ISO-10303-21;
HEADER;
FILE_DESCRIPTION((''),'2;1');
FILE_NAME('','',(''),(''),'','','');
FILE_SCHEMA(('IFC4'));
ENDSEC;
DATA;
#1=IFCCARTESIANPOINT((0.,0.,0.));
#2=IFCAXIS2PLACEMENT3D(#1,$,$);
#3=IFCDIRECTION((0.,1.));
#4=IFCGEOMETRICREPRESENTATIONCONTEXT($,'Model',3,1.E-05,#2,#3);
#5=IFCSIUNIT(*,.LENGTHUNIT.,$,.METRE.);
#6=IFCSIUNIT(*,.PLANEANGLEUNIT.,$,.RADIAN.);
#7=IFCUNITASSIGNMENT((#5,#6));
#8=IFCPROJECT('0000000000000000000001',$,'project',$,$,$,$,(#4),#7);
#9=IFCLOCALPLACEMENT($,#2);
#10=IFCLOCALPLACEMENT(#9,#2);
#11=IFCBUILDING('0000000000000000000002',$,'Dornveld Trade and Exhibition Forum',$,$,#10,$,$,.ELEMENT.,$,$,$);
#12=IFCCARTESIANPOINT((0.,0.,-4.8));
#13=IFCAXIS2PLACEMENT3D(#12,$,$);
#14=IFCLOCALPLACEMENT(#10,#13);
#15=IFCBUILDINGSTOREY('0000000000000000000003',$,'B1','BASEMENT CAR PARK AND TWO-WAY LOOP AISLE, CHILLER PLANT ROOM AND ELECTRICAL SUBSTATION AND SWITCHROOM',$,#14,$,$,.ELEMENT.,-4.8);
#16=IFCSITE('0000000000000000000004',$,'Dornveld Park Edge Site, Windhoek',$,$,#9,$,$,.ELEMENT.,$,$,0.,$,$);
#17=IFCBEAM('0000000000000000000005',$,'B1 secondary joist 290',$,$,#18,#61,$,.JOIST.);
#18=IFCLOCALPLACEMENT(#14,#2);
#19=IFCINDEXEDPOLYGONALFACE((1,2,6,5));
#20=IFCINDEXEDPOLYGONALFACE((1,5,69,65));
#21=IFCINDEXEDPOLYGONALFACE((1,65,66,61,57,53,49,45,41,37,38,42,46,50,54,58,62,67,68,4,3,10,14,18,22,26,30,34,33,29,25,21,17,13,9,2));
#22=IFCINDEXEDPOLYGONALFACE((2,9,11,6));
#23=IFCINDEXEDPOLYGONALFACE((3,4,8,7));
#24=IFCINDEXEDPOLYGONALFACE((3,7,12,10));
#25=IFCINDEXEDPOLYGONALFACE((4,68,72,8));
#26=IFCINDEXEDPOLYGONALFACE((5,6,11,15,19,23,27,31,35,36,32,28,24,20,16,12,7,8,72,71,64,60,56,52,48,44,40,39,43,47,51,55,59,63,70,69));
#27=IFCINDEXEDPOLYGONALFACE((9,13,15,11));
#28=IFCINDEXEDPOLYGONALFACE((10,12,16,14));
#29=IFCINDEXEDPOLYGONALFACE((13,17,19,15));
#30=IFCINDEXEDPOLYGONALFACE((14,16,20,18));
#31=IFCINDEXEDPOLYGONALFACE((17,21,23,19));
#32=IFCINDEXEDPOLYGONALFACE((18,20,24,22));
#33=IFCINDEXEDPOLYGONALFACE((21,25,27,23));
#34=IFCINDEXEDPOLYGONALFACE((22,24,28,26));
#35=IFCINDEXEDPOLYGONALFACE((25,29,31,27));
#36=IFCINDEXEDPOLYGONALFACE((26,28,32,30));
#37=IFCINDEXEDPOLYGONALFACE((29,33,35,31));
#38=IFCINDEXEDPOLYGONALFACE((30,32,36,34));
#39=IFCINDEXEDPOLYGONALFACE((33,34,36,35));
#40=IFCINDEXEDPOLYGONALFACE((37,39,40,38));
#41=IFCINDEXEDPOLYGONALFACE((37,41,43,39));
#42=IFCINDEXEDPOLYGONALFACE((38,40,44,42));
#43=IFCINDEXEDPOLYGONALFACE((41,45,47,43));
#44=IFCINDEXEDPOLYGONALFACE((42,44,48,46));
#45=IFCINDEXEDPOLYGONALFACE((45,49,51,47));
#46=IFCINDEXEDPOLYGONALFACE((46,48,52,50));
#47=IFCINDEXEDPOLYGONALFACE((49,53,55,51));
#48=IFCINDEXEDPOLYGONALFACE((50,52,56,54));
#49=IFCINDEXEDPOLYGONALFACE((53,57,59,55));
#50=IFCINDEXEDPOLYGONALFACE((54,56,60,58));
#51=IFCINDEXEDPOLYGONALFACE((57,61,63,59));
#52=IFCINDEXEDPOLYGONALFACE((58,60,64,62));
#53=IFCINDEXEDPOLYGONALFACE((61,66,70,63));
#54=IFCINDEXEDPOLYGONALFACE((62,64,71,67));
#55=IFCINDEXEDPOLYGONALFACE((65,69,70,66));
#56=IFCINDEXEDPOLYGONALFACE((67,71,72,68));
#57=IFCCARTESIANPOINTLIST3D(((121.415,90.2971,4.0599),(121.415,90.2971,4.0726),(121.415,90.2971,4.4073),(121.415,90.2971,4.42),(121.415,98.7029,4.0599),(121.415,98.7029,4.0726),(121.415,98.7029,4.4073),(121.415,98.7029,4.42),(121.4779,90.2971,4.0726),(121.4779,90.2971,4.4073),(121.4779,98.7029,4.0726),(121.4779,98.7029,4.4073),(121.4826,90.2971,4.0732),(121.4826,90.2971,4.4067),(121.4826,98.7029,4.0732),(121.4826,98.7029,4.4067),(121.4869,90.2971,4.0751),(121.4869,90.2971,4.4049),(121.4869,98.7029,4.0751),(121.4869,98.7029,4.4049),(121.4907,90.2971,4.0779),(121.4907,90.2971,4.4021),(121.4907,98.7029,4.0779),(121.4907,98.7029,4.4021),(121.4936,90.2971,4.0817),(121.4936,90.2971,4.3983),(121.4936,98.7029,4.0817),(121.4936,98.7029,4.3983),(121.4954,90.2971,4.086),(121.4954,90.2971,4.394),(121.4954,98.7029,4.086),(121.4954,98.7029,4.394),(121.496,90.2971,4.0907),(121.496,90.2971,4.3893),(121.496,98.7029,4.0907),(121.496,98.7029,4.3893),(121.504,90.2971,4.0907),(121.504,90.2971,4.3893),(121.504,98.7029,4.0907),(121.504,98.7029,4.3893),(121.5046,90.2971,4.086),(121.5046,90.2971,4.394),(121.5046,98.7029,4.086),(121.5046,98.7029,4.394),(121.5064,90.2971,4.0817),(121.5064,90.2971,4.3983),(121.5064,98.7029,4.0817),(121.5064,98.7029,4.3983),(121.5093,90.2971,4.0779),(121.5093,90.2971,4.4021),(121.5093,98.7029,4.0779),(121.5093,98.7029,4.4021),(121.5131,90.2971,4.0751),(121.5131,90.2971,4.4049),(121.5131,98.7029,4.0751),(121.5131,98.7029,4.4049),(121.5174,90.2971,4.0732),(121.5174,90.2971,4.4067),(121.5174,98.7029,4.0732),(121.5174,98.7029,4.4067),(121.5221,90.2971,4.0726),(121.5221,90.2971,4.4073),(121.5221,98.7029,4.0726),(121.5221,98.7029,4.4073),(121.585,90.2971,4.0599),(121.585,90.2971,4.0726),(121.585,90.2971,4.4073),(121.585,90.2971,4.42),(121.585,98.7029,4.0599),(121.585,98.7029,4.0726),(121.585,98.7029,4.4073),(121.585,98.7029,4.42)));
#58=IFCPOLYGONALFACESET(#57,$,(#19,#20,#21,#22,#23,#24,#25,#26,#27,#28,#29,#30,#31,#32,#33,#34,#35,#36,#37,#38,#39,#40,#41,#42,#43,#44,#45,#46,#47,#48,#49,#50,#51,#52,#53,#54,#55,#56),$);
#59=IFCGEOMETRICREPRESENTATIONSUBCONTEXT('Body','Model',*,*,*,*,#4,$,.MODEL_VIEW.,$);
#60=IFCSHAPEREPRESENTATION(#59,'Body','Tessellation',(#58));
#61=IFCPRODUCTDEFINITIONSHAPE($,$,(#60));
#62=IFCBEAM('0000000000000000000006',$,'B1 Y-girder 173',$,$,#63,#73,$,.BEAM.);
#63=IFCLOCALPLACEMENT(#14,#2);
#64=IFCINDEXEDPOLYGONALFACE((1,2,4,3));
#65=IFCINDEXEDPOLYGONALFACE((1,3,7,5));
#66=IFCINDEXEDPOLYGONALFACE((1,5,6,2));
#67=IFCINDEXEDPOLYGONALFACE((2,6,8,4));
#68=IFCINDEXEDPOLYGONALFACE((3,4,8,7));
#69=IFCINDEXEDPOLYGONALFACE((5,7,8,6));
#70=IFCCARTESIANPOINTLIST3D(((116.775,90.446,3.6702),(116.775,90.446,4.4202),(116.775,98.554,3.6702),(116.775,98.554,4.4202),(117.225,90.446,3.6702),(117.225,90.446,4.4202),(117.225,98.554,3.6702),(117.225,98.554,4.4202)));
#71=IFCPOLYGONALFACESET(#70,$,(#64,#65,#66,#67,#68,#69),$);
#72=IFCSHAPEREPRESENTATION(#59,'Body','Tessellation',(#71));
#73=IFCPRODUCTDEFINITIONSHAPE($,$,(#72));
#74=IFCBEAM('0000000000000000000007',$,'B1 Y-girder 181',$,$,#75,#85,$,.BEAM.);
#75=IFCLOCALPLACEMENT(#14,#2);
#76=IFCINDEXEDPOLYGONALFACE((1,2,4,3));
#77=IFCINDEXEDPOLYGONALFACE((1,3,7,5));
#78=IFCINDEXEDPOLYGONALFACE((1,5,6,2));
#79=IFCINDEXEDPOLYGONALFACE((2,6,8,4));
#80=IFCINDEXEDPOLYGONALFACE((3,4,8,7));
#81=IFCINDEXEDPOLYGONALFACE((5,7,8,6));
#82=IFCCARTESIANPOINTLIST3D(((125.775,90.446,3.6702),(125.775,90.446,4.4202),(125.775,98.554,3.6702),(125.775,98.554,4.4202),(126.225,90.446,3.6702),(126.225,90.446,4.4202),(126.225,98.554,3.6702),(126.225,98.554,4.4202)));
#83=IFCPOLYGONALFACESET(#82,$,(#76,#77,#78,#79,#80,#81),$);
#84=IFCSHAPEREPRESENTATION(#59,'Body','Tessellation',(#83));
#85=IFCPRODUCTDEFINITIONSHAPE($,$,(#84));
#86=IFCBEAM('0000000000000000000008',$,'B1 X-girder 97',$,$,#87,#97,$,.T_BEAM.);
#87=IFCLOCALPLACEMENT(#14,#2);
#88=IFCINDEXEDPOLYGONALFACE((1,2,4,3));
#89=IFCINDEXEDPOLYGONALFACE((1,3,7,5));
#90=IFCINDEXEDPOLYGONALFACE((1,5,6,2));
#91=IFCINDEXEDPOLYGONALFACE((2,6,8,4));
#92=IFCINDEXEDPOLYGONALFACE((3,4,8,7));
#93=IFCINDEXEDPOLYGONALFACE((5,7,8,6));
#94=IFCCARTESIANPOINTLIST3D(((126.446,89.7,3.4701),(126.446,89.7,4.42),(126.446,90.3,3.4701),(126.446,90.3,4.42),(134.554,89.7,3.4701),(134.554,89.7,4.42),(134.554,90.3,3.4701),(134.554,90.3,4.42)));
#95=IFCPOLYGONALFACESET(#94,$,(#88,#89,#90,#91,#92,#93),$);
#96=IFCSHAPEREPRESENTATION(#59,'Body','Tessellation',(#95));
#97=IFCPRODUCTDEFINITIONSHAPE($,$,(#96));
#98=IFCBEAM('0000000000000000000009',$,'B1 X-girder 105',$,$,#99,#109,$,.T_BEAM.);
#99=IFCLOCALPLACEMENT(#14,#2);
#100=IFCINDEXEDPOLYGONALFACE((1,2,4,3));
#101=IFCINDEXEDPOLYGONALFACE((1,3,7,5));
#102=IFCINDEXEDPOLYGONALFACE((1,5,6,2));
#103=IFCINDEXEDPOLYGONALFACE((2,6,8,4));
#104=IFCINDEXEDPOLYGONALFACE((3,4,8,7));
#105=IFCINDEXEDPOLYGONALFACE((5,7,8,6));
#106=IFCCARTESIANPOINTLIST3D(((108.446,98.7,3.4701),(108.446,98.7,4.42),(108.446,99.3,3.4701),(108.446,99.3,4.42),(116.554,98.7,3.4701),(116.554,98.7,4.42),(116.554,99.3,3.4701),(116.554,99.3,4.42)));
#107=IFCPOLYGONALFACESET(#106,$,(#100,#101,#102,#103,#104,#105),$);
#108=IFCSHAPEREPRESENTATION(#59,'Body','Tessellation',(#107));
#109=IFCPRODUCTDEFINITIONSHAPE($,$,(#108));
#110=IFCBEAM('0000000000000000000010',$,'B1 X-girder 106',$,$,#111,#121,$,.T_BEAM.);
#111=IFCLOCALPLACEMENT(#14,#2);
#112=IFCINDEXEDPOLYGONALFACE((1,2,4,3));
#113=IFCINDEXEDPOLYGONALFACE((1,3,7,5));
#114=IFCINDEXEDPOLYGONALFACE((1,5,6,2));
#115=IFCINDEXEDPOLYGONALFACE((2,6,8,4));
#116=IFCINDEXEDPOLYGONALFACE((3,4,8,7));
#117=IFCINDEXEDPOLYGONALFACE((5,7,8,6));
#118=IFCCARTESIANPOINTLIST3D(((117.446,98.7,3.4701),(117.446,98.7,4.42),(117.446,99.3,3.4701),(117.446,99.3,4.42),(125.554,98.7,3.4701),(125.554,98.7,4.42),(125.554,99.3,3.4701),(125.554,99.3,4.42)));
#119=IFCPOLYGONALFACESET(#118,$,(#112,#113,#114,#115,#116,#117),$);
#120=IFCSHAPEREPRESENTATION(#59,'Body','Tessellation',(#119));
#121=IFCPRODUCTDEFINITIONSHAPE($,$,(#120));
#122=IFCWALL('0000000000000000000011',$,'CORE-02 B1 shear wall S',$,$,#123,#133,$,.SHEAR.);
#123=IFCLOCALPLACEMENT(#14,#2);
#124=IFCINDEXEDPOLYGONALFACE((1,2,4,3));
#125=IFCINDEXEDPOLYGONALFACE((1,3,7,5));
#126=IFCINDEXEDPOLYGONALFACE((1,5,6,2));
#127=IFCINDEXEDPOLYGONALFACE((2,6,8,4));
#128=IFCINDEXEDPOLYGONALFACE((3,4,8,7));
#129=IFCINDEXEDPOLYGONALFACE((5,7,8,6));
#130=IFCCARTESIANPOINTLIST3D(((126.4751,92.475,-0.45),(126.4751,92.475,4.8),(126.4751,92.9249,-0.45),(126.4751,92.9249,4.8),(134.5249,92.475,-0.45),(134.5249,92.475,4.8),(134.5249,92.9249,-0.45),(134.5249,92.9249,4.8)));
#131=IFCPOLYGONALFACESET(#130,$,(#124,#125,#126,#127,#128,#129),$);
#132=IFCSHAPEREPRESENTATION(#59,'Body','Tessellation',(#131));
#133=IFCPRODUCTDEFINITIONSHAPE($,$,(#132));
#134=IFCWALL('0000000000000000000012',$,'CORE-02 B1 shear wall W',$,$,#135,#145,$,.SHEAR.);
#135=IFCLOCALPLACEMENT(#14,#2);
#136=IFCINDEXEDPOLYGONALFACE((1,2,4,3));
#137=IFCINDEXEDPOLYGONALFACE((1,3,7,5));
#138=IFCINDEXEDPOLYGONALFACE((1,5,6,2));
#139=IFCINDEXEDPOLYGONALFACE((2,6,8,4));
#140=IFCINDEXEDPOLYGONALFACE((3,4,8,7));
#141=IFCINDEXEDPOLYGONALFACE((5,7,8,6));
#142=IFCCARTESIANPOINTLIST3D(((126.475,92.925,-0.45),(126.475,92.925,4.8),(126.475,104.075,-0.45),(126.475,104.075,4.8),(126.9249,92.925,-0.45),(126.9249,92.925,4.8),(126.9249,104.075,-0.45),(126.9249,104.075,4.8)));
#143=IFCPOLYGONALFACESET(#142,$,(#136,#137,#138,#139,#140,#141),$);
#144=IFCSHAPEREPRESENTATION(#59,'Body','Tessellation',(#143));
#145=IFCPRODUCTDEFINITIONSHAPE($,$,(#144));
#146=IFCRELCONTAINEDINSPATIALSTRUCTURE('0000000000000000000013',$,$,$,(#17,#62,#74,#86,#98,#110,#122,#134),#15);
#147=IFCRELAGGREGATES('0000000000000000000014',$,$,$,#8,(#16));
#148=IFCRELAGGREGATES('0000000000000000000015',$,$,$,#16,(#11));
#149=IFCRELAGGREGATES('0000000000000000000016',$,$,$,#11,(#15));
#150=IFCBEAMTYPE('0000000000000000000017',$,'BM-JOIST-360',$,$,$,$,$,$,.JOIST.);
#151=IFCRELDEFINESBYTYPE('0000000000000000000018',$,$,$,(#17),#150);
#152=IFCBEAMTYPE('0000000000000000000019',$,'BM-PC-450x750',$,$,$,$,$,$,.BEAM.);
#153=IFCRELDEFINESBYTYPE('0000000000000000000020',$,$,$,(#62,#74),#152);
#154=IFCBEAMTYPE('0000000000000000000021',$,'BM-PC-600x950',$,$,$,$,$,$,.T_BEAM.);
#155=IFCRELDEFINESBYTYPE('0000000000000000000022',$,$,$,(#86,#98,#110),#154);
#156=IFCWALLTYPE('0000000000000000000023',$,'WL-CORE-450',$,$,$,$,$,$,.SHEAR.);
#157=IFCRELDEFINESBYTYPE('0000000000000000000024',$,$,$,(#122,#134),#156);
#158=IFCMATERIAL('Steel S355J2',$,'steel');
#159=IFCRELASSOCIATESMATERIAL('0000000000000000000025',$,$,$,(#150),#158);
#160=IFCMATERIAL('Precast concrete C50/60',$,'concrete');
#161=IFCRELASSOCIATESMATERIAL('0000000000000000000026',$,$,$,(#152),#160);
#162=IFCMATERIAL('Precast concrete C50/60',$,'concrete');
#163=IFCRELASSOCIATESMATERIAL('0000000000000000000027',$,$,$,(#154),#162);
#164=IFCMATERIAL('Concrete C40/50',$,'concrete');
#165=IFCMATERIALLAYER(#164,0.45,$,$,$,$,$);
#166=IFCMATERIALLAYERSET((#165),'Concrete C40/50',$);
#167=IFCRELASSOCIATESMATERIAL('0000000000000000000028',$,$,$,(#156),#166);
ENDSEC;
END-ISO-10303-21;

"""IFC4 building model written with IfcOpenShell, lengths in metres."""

from ifc_helpers import new_model, si_unit, direction, frame, frame_2d, origin, origin_2d, place, context, subcontext, project, spatial, rectangle, i_section, extrude, material, layer, layer_set, material_profile, profile_set, type_object, element, save


model = new_model("IFC4")

# Units and contexts
model_context = context("Model", 3, precision=1e-05, world=origin(), true_north=direction((0.0, 1.0)))
body_context = subcontext(model_context, "Body", "Model", "MODEL_VIEW")
ifc_project = project(units=[si_unit("LENGTHUNIT", "METRE"), si_unit("PLANEANGLEUNIT", "RADIAN")], contexts=[model_context])

# Site, building, storey
site_placement = place(None, origin())
site = spatial("IfcSite", under=ifc_project, at=site_placement, Name="Dornveld Park Edge Site, Windhoek", CompositionType="ELEMENT", RefElevation=0.0)
building_placement = place(site_placement, origin())
building = spatial("IfcBuilding", under=site, at=building_placement, Name="Dornveld Trade and Exhibition Forum", CompositionType="ELEMENT")
storey_placement = place(building_placement, frame((0.0, 0.0, -4.8)))
storey = spatial("IfcBuildingStorey", under=building, at=storey_placement, Name="B1", Description="BASEMENT CAR PARK AND TWO-WAY LOOP AISLE, CHILLER PLANT ROOM AND ELECTRICAL SUBSTATION AND SWITCHROOM", CompositionType="ELEMENT", Elevation=-4.8)

# Beams
ifc_material_1 = material(Name="Steel S355J2", Category="steel")
ifc_material_profile_1 = material_profile(ifc_material_1, i_section(OverallWidth=0.1699, OverallDepth=0.3601, WebThickness=0.0081, FlangeThickness=0.0127, FilletRadius=0.0181, at=origin_2d()), Name="IPE 360")
ifc_profile_set_1 = profile_set([ifc_material_profile_1], Name="Steel S355J2")
beam_type_1 = type_object("IfcBeamType", Name="BM-JOIST-360", PredefinedType="JOIST", material=ifc_profile_set_1)
for number, where, z_axis, x_axis, name in (
    (1, (121.5, 90.2971, 4.24), (0.0, 1.0, 0.0), (-1.0, 0.0, 0.0), "B1 secondary joist 290"),
):
    element("IfcBeam", number, at=place(storey_placement, frame(where, z_axis=z_axis, x_axis=x_axis)), inside=storey, type_object=beam_type_1, Name=name, PredefinedType="JOIST", context=body_context, shape_type="SweptSolid", body=[
        extrude(i_section(OverallWidth=0.1699, OverallDepth=0.3601, WebThickness=0.0081, FlangeThickness=0.0127, FilletRadius=0.0181, at=origin_2d()), origin(), (0.0, 0.0, 1.0), 8.4058),
    ])
ifc_material_2 = material(Name="Precast concrete C50/60", Category="concrete")
ifc_material_profile_2 = material_profile(ifc_material_2, rectangle(XDim=0.45, YDim=0.75, at=origin_2d()), Name="PC-BM 450x750")
ifc_profile_set_2 = profile_set([ifc_material_profile_2], Name="Precast concrete C50/60")
beam_type_2 = type_object("IfcBeamType", Name="BM-PC-450x750", PredefinedType="BEAM", material=ifc_profile_set_2)
for number, where, z_axis, x_axis, name in (
    (2, (117.0, 90.446, 4.0452), (0.0, 1.0, 0.0), (-1.0, 0.0, 0.0), "B1 Y-girder 173"),
    (3, (126.0, 90.446, 4.0452), (0.0, 1.0, 0.0), (-1.0, 0.0, 0.0), "B1 Y-girder 181"),
):
    element("IfcBeam", number, at=place(storey_placement, frame(where, z_axis=z_axis, x_axis=x_axis)), inside=storey, type_object=beam_type_2, Name=name, PredefinedType="BEAM", context=body_context, shape_type="SweptSolid", body=[
        extrude(rectangle(XDim=0.45, YDim=0.75, at=origin_2d()), origin(), (0.0, 0.0, 1.0), 8.1079),
    ])
ifc_material_3 = material(Name="Precast concrete C50/60", Category="concrete")
ifc_material_profile_3 = material_profile(ifc_material_3, rectangle(XDim=0.6001, YDim=0.95, at=origin_2d()), Name="PC-GIR 600x950")
ifc_profile_set_3 = profile_set([ifc_material_profile_3], Name="Precast concrete C50/60")
beam_type_3 = type_object("IfcBeamType", Name="BM-PC-600x950", PredefinedType="T_BEAM", material=ifc_profile_set_3)
for number, where, z_axis, x_axis, name in (
    (4, (126.446, 90.0, 3.9451), (1.0, 0.0, 0.0), (0.0, 1.0, 0.0), "B1 X-girder 97"),
    (5, (108.446, 99.0, 3.9451), (1.0, 0.0, 0.0), (0.0, 1.0, 0.0), "B1 X-girder 105"),
    (6, (117.446, 99.0, 3.9451), (1.0, 0.0, 0.0), (0.0, 1.0, 0.0), "B1 X-girder 106"),
):
    element("IfcBeam", number, at=place(storey_placement, frame(where, z_axis=z_axis, x_axis=x_axis)), inside=storey, type_object=beam_type_3, Name=name, PredefinedType="T_BEAM", context=body_context, shape_type="SweptSolid", body=[
        extrude(rectangle(XDim=0.6001, YDim=0.95, at=origin_2d()), origin(), (0.0, 0.0, 1.0), 8.1079),
    ])

# Walls
ifc_material_4 = material(Name="Concrete C40/50", Category="concrete")
ifc_layer = layer(ifc_material_4, 0.45)
ifc_layer_set = layer_set([ifc_layer], Name="Concrete C40/50")
wall_type = type_object("IfcWallType", Name="WL-CORE-450", PredefinedType="SHEAR", material=ifc_layer_set)
wall_1_placement = place(storey_placement, frame((126.4751, 92.7, -0.45), z_axis=(0.0, 0.0, 1.0), x_axis=(1.0, 0.0, 0.0)))
element("IfcWall", 7, at=wall_1_placement, inside=storey, type_object=wall_type, Name="CORE-02 B1 shear wall S", PredefinedType="SHEAR", context=body_context, shape_type="SweptSolid", body=[
    extrude(rectangle(XDim=8.0498, YDim=0.45, at=frame_2d((4.0249, 0.0))), origin(), (0.0, 0.0, 1.0), 5.25),
])
wall_2_placement = place(storey_placement, frame((126.7, 92.925, -0.45), z_axis=(0.0, 0.0, 1.0), x_axis=(0.0, 1.0, 0.0)))
element("IfcWall", 8, at=wall_2_placement, inside=storey, type_object=wall_type, Name="CORE-02 B1 shear wall W", PredefinedType="SHEAR", context=body_context, shape_type="SweptSolid", body=[
    extrude(rectangle(XDim=11.1499, YDim=0.45, at=frame_2d((5.575, 0.0))), origin(), (0.0, 0.0, 1.0), 5.25),
])

save(model, "model.ifc")
